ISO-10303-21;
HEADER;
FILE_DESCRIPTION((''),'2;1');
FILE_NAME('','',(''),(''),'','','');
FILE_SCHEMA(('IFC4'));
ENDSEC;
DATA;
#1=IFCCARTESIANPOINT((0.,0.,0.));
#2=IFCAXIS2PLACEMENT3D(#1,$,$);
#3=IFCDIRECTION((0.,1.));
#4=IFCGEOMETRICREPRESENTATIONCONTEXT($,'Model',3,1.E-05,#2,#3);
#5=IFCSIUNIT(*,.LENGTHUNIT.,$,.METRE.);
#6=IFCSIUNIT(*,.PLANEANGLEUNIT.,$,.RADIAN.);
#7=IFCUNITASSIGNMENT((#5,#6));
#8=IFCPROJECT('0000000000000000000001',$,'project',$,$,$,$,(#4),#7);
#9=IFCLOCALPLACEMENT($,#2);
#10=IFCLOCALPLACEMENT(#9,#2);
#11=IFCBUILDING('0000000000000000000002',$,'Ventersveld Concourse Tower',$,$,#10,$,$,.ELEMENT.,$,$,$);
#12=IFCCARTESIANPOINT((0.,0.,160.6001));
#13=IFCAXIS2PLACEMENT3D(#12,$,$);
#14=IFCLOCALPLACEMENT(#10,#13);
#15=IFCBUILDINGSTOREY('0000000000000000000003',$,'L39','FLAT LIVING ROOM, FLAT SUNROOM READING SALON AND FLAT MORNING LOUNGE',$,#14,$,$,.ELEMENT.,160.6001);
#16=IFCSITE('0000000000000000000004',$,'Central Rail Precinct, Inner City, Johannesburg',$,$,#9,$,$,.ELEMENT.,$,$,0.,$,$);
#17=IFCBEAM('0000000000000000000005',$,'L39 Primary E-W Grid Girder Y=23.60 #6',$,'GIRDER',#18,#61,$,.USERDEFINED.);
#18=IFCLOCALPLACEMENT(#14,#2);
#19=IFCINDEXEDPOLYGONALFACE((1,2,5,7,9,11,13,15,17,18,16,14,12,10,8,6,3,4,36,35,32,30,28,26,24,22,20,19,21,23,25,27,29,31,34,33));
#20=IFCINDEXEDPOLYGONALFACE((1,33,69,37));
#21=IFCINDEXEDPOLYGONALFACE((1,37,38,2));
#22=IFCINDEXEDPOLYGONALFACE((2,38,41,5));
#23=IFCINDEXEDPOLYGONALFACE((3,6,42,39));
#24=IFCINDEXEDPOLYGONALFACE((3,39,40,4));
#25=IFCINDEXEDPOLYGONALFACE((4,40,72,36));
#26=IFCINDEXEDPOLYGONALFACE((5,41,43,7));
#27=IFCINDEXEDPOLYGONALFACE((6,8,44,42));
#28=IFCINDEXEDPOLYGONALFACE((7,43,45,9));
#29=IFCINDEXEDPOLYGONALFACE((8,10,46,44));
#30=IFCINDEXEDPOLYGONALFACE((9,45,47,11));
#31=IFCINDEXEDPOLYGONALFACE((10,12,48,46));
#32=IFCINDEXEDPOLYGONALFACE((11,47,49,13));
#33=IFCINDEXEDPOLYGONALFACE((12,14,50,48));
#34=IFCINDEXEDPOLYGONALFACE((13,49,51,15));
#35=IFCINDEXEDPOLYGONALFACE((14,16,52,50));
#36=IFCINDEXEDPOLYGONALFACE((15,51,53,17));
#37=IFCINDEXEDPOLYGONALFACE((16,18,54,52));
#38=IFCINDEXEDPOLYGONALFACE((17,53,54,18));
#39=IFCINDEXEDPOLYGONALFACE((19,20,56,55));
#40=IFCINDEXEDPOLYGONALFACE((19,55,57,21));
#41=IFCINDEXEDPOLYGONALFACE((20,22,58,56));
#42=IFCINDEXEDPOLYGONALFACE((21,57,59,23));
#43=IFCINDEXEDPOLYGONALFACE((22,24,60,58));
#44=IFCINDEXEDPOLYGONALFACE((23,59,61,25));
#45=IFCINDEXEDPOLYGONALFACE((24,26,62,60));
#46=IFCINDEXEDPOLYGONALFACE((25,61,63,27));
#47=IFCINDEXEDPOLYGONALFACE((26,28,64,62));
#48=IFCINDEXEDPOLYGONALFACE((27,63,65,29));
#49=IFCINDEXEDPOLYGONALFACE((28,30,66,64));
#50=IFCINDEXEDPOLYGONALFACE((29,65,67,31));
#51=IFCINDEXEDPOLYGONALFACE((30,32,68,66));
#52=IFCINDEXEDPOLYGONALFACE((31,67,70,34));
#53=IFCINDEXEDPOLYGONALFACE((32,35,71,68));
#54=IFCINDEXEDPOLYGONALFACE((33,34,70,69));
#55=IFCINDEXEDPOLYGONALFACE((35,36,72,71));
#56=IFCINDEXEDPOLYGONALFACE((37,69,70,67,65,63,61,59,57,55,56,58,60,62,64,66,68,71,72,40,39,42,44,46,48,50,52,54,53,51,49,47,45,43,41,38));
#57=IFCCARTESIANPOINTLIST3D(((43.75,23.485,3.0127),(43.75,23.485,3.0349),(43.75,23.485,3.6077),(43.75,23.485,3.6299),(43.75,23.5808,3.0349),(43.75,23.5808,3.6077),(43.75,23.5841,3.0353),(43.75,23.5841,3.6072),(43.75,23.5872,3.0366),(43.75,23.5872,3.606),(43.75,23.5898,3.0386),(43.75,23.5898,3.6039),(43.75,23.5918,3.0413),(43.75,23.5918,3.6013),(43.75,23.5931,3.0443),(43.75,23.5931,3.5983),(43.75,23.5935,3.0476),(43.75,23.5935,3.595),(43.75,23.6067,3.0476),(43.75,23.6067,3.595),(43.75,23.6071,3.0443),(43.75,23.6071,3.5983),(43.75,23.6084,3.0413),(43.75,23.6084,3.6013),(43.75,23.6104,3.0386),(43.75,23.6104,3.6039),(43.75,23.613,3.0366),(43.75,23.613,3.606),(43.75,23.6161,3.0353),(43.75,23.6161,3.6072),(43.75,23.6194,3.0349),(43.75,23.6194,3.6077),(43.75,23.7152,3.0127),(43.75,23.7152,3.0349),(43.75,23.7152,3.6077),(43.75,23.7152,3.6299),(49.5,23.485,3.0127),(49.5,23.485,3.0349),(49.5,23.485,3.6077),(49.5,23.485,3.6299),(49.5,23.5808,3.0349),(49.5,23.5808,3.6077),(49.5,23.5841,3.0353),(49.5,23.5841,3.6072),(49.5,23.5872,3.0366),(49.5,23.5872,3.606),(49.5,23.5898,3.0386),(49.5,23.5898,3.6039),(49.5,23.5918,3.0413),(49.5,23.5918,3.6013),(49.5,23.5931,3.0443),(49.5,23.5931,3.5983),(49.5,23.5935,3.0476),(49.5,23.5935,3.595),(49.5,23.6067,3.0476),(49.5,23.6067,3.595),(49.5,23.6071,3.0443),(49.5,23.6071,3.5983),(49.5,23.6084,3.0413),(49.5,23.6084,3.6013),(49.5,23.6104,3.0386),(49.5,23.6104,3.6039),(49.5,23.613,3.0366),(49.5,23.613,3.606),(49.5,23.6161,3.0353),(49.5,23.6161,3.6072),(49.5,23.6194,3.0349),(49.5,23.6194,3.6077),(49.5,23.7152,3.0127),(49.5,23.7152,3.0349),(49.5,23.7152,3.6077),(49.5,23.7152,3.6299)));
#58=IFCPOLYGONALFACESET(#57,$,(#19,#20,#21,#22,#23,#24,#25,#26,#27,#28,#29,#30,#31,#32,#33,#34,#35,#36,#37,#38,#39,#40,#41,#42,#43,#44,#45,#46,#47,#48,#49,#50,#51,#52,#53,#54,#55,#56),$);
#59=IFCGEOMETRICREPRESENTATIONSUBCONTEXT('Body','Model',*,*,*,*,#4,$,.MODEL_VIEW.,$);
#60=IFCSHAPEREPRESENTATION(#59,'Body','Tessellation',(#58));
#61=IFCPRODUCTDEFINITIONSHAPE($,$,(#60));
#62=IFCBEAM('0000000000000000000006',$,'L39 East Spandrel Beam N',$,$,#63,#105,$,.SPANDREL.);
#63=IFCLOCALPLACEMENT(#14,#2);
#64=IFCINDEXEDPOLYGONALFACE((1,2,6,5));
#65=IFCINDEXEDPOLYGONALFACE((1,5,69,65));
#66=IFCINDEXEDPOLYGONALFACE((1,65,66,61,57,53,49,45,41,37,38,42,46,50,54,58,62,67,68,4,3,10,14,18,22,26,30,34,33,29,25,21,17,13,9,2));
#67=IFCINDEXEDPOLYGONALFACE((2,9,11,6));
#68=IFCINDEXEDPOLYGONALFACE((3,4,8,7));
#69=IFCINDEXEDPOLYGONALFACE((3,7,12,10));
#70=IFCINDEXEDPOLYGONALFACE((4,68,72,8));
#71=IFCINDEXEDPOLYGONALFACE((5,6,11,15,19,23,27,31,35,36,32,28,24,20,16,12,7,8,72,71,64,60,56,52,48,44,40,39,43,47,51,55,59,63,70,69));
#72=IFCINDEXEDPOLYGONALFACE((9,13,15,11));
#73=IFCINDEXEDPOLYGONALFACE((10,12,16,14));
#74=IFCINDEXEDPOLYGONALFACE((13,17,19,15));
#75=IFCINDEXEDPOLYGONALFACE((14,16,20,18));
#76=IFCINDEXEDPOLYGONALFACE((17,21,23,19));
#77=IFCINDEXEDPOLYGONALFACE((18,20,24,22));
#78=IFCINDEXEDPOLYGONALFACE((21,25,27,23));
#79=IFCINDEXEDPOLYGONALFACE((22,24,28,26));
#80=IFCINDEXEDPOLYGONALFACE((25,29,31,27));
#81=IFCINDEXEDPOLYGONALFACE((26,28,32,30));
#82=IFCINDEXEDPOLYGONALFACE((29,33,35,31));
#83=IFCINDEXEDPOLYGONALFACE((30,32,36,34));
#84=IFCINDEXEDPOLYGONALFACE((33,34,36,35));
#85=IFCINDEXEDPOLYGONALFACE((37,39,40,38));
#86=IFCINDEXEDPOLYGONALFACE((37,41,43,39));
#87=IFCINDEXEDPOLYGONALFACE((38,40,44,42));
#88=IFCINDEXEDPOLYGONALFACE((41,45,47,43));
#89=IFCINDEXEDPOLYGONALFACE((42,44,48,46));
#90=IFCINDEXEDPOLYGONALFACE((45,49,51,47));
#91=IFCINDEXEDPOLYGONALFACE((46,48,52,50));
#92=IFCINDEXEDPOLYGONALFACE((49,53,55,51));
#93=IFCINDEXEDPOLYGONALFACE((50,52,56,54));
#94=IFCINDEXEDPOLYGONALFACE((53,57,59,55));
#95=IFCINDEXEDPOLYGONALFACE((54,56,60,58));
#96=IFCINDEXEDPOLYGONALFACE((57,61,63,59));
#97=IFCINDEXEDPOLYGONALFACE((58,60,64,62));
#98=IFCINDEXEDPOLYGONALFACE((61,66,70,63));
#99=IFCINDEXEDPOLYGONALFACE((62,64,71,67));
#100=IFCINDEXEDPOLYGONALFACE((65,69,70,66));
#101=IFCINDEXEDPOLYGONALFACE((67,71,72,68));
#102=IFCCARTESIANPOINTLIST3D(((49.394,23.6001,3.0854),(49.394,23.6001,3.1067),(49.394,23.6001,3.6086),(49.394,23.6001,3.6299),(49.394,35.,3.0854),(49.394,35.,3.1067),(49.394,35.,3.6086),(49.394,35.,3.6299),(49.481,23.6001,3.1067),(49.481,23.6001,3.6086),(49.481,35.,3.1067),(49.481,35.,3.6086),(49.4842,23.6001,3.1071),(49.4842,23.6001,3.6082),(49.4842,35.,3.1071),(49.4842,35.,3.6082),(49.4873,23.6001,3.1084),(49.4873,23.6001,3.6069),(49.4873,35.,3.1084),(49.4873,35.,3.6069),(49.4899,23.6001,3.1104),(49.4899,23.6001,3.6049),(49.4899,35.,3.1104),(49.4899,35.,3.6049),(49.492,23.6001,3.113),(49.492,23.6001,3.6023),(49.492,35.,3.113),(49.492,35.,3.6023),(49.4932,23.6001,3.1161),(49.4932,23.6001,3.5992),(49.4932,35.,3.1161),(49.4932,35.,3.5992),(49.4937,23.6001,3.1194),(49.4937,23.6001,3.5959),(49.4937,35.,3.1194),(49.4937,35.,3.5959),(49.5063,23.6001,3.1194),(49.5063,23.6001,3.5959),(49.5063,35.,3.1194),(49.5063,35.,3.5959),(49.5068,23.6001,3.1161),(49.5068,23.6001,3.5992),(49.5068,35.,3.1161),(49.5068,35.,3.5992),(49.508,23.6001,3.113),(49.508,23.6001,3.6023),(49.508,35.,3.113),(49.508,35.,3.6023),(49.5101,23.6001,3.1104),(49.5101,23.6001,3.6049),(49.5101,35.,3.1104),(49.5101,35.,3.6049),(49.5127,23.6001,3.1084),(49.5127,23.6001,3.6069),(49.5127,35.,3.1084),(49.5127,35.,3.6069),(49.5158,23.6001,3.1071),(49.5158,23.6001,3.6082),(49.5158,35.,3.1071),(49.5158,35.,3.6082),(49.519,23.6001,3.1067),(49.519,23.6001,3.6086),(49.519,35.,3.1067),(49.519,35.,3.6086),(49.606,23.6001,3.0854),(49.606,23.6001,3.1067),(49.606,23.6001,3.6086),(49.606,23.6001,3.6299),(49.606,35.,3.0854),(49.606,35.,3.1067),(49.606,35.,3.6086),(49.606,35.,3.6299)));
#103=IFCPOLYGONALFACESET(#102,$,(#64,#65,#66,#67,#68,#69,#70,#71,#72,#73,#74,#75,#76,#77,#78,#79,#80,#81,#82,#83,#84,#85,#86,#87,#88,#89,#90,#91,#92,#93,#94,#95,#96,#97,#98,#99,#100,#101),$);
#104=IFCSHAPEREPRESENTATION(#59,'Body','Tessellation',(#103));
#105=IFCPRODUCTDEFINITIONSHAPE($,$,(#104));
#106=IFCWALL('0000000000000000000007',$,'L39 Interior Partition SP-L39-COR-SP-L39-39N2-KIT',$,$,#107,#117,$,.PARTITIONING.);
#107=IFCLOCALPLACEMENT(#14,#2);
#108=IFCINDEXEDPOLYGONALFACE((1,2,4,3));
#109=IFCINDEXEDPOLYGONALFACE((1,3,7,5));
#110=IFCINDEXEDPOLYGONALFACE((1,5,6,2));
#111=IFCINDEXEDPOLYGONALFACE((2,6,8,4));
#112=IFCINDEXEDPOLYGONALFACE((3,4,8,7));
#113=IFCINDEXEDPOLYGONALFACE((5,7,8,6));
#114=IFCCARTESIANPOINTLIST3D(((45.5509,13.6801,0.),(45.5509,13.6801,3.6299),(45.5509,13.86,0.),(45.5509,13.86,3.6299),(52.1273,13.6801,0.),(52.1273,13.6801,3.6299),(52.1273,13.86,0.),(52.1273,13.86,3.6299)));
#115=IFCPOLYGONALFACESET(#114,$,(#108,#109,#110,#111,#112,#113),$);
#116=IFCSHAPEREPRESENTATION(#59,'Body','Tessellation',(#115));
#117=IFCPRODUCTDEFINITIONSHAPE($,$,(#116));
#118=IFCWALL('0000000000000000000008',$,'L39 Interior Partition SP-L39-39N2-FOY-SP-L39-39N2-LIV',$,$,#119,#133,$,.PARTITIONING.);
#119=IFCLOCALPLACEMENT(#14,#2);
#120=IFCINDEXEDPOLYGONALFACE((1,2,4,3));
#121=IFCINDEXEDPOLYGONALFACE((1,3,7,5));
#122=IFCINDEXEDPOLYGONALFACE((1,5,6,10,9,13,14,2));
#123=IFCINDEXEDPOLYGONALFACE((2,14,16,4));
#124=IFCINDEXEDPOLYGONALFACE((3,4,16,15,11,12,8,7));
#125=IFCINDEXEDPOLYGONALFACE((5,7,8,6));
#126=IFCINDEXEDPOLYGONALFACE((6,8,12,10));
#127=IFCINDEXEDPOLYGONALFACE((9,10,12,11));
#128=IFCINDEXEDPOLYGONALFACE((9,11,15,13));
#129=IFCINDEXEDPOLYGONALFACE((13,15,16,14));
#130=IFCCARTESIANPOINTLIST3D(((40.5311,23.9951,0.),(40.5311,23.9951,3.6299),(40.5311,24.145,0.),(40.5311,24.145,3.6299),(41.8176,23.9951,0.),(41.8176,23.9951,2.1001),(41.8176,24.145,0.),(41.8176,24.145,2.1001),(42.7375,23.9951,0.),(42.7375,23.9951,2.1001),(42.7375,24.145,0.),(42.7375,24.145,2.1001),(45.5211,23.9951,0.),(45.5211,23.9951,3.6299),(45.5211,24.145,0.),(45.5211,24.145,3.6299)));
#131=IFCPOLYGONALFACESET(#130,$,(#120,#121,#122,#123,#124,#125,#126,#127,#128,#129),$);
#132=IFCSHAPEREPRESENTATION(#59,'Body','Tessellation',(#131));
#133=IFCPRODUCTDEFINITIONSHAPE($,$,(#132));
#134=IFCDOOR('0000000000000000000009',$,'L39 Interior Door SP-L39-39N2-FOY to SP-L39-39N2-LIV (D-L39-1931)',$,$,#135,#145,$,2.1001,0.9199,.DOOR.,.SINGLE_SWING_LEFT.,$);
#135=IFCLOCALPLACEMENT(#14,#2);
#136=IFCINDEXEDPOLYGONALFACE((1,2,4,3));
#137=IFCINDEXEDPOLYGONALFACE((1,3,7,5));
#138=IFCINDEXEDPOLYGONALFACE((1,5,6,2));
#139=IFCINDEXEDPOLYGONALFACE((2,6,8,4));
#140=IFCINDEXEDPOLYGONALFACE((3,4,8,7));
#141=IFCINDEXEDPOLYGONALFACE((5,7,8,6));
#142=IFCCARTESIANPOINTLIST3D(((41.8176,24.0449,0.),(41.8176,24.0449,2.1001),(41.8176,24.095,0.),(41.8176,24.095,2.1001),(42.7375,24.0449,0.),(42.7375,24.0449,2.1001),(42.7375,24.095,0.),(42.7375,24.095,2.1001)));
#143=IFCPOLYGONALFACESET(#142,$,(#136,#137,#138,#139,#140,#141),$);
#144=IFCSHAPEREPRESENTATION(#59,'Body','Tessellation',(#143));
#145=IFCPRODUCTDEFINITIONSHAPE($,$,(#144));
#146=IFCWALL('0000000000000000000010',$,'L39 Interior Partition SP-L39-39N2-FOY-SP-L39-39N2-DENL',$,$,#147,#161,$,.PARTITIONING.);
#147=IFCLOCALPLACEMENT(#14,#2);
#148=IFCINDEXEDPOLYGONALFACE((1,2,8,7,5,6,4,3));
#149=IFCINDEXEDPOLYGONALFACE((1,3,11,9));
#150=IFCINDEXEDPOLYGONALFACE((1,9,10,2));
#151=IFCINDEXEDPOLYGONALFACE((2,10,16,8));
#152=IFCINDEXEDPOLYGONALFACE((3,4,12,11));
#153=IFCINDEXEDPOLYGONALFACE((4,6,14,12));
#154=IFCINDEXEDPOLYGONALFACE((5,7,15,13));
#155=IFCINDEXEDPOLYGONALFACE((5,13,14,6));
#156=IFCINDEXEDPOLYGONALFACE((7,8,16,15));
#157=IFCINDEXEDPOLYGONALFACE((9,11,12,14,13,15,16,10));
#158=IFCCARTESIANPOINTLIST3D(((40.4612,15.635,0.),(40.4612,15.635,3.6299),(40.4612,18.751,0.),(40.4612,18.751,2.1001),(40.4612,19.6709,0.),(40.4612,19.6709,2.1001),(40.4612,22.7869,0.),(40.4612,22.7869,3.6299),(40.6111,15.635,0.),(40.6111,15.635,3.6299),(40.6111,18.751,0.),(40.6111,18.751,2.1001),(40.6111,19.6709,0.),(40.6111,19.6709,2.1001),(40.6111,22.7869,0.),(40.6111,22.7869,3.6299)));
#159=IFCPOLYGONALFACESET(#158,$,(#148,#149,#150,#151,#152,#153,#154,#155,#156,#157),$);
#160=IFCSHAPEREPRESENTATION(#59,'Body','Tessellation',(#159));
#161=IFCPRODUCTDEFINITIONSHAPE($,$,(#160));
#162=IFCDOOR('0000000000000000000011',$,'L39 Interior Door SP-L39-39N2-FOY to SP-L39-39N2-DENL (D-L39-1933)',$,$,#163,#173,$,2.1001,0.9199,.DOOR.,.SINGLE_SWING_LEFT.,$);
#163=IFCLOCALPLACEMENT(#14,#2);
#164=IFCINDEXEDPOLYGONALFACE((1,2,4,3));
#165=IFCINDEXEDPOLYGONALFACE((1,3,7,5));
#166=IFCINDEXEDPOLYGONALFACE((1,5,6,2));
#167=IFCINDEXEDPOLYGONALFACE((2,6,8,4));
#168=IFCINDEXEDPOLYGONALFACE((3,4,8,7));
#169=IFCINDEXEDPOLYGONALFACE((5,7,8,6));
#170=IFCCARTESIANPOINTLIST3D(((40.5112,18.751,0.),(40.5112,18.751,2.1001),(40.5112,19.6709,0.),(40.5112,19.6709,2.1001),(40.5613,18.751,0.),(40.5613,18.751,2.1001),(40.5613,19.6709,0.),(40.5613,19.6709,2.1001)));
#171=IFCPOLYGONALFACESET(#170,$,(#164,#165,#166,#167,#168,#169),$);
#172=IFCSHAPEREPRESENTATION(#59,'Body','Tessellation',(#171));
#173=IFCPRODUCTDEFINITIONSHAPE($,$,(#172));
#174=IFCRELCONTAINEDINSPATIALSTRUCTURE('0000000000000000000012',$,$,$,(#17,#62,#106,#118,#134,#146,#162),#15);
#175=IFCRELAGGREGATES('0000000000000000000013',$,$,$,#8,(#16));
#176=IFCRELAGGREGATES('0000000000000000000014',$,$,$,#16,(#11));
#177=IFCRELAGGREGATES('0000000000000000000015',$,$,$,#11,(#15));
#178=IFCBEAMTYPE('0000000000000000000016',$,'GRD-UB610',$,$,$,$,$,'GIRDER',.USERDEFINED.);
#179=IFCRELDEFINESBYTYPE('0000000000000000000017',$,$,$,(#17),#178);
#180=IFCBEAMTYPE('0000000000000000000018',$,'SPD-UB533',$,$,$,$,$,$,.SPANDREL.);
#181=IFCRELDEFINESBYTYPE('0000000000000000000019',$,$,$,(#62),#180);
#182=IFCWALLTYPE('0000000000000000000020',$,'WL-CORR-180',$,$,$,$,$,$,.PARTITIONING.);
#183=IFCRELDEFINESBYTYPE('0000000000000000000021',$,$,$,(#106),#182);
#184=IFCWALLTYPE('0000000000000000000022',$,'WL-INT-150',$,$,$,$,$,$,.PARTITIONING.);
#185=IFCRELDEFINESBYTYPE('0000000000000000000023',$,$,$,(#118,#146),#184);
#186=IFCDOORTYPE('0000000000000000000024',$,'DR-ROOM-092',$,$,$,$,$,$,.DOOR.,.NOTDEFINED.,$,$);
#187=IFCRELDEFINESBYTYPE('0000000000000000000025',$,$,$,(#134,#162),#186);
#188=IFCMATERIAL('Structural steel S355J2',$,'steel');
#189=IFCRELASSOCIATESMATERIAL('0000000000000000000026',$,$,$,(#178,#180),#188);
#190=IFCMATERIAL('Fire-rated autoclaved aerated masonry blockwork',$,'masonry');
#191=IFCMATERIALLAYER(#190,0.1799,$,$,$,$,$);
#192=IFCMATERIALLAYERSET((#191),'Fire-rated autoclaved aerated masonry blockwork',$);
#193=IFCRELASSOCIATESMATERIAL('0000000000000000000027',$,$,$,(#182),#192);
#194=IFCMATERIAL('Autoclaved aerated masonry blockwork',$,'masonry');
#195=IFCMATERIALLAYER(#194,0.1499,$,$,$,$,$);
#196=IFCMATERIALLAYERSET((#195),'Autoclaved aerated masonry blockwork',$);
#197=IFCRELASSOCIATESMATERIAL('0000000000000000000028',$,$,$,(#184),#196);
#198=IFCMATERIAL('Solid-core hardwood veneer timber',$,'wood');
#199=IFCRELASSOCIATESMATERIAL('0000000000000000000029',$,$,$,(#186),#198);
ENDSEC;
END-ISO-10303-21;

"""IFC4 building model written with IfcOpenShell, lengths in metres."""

from ifc_helpers import new_model, si_unit, direction, frame, frame_2d, origin, origin_2d, place, context, subcontext, project, spatial, rectangle, i_section, extrude, material, layer, layer_set, material_profile, profile_set, type_object, element, fill, save


model = new_model("IFC4")

# Units and contexts
model_context = context("Model", 3, precision=1e-05, world=origin(), true_north=direction((0.0, 1.0)))
body_context = subcontext(model_context, "Body", "Model", "MODEL_VIEW")
ifc_project = project(units=[si_unit("LENGTHUNIT", "METRE"), si_unit("PLANEANGLEUNIT", "RADIAN")], contexts=[model_context])

# Site, building, storey
site_placement = place(None, origin())
site = spatial("IfcSite", under=ifc_project, at=site_placement, Name="Central Rail Precinct, Inner City, Johannesburg", CompositionType="ELEMENT", RefElevation=0.0)
building_placement = place(site_placement, origin())
building = spatial("IfcBuilding", under=site, at=building_placement, Name="Ventersveld Concourse Tower", CompositionType="ELEMENT")
storey_placement = place(building_placement, frame((0.0, 0.0, 160.6001)))
storey = spatial("IfcBuildingStorey", under=building, at=storey_placement, Name="L39", Description="FLAT LIVING ROOM, FLAT SUNROOM READING SALON AND FLAT MORNING LOUNGE", CompositionType="ELEMENT", Elevation=160.6001)

# Beams
ifc_material_1 = material(Name="Structural steel S355J2", Category="steel")
ifc_material_profile_1 = material_profile(ifc_material_1, i_section(OverallWidth=0.2302, OverallDepth=0.6172, WebThickness=0.0132, FlangeThickness=0.0222, FilletRadius=0.0127, at=origin_2d()), Name="UB 610x229x140")
ifc_profile_set_1 = profile_set([ifc_material_profile_1], Name="Structural steel S355J2")
beam_type_1 = type_object("IfcBeamType", Name="GRD-UB610", ElementType="GIRDER", PredefinedType="USERDEFINED", material=ifc_profile_set_1)
beam_1_placement = place(storey_placement, frame((43.75, 23.6001, 3.3213), z_axis=(1.0, 0.0, 0.0), x_axis=(0.0, 1.0, 0.0)))
element("IfcBeam", 1, at=beam_1_placement, inside=storey, type_object=beam_type_1, Name="L39 Primary E-W Grid Girder Y=23.60 #6", ObjectType="GIRDER", PredefinedType="USERDEFINED", context=body_context, shape_type="SweptSolid", body=[
    extrude(i_section(OverallWidth=0.2302, OverallDepth=0.6172, WebThickness=0.0132, FlangeThickness=0.0222, FilletRadius=0.0127, at=origin_2d()), origin(), (0.0, 0.0, 1.0), 5.75),
])
ifc_material_profile_2 = material_profile(ifc_material_1, i_section(OverallWidth=0.2119, OverallDepth=0.5444, WebThickness=0.0127, FlangeThickness=0.0212, FilletRadius=0.0127, at=origin_2d()), Name="UB 533x210x122")
ifc_profile_set_2 = profile_set([ifc_material_profile_2], Name="Structural steel S355J2")
beam_type_2 = type_object("IfcBeamType", Name="SPD-UB533", PredefinedType="SPANDREL", material=ifc_profile_set_2)
beam_2_placement = place(storey_placement, frame((49.5, 23.6001, 3.3577), z_axis=(0.0, 1.0, 0.0), x_axis=(-1.0, 0.0, 0.0)))
element("IfcBeam", 2, at=beam_2_placement, inside=storey, type_object=beam_type_2, Name="L39 East Spandrel Beam N", PredefinedType="SPANDREL", context=body_context, shape_type="SweptSolid", body=[
    extrude(i_section(OverallWidth=0.2119, OverallDepth=0.5444, WebThickness=0.0127, FlangeThickness=0.0212, FilletRadius=0.0127, at=origin_2d()), origin(), (0.0, 0.0, 1.0), 11.3999),
])

# Shared definitions
ifc_material_2 = material(Name="Fire-rated autoclaved aerated masonry blockwork", Category="masonry")
ifc_layer_1 = layer(ifc_material_2, 0.1799)
ifc_layer_set_1 = layer_set([ifc_layer_1], Name="Fire-rated autoclaved aerated masonry blockwork")
wall_type_1 = type_object("IfcWallType", Name="WL-CORR-180", PredefinedType="PARTITIONING", material=ifc_layer_set_1)
ifc_material_3 = material(Name="Solid-core hardwood veneer timber", Category="wood")

# Wall
wall_1_placement = place(storey_placement, frame((45.551, 13.77, 0.0), z_axis=(0.0, 0.0, 1.0), x_axis=(1.0, 0.0, 0.0)))
element("IfcWall", 3, at=wall_1_placement, inside=storey, type_object=wall_type_1, Name="L39 Interior Partition SP-L39-COR-SP-L39-39N2-KIT", PredefinedType="PARTITIONING", context=body_context, shape_type="SweptSolid", body=[
    extrude(rectangle(XDim=6.5764, YDim=0.1799, at=frame_2d((3.2881, 0.0))), origin(), (0.0, 0.0, 1.0), 3.6299),
])

# Walls, openings, doors
ifc_material_4 = material(Name="Autoclaved aerated masonry blockwork", Category="masonry")
ifc_layer_2 = layer(ifc_material_4, 0.1499)
ifc_layer_set_2 = layer_set([ifc_layer_2], Name="Autoclaved aerated masonry blockwork")
wall_type_2 = type_object("IfcWallType", Name="WL-INT-150", PredefinedType="PARTITIONING", material=ifc_layer_set_2)
wall_2_placement = place(storey_placement, frame((40.531, 24.0701, 0.0), z_axis=(0.0, 0.0, 1.0), x_axis=(1.0, 0.0, 0.0)))
wall_2 = element("IfcWall", 4, at=wall_2_placement, inside=storey, type_object=wall_type_2, Name="L39 Interior Partition SP-L39-39N2-FOY-SP-L39-39N2-LIV", PredefinedType="PARTITIONING", context=body_context, shape_type="SweptSolid", body=[
    extrude(rectangle(XDim=4.99, YDim=0.1499, at=frame_2d((2.4951, 0.0))), origin(), (0.0, 0.0, 1.0), 3.6299),
])
opening_1_placement = place(wall_2_placement, frame((1.2866, 0.0, 0.0)))
opening_1 = element("IfcOpeningElement", 5, at=opening_1_placement, cuts=wall_2, PredefinedType="OPENING", context=body_context, shape_type="SweptSolid", body=[
    extrude(rectangle(XDim=0.9199, YDim=2.1001, at=frame_2d((0.46, 1.05))), frame((0.0, 0.085, 0.0), z_axis=(0.0, -1.0, 0.0), x_axis=(1.0, 0.0, 0.0)), (0.0, 0.0, 1.0), 0.1699),
])
door_type_1 = type_object("IfcDoorType", Name="DR-ROOM-092", OperationType="NOTDEFINED", PredefinedType="DOOR", material=ifc_material_3)
door_1_placement = place(opening_1_placement, origin())
door_1 = element("IfcDoor", 6, at=door_1_placement, inside=storey, type_object=door_type_1, Name="L39 Interior Door SP-L39-39N2-FOY to SP-L39-39N2-LIV (D-L39-1931)", OperationType="SINGLE_SWING_LEFT", OverallHeight=2.1001, OverallWidth=0.9199, PredefinedType="DOOR", context=body_context, shape_type="SweptSolid", body=[
    extrude(rectangle(XDim=0.9199, YDim=2.1001, at=frame_2d((0.46, 1.05))), frame((0.0, 0.0249, 0.0), z_axis=(0.0, -1.0, 0.0), x_axis=(1.0, 0.0, 0.0)), (0.0, 0.0, 1.0), 0.05),
])
fill(opening_1, door_1)
wall_3_placement = place(storey_placement, frame((40.5361, 15.635, 0.0), z_axis=(0.0, 0.0, 1.0), x_axis=(0.0, 1.0, 0.0)))
wall_3 = element("IfcWall", 7, at=wall_3_placement, inside=storey, type_object=wall_type_2, Name="L39 Interior Partition SP-L39-39N2-FOY-SP-L39-39N2-DENL", PredefinedType="PARTITIONING", context=body_context, shape_type="SweptSolid", body=[
    extrude(rectangle(XDim=7.1519, YDim=0.1499, at=frame_2d((3.5759, 0.0))), origin(), (0.0, 0.0, 1.0), 3.6299),
])
opening_2_placement = place(wall_3_placement, frame((3.116, 0.0, 0.0)))
opening_2 = element("IfcOpeningElement", 8, at=opening_2_placement, cuts=wall_3, PredefinedType="OPENING", context=body_context, shape_type="SweptSolid", body=[
    extrude(rectangle(XDim=0.9199, YDim=2.1001, at=frame_2d((0.46, 1.05))), frame((0.0, 0.085, 0.0), z_axis=(0.0, -1.0, 0.0), x_axis=(1.0, 0.0, 0.0)), (0.0, 0.0, 1.0), 0.1699),
])
door_2_placement = place(opening_2_placement, origin())
door_2 = element("IfcDoor", 9, at=door_2_placement, inside=storey, type_object=door_type_1, Name="L39 Interior Door SP-L39-39N2-FOY to SP-L39-39N2-DENL (D-L39-1933)", OperationType="SINGLE_SWING_LEFT", OverallHeight=2.1001, OverallWidth=0.9199, PredefinedType="DOOR", context=body_context, shape_type="SweptSolid", body=[
    extrude(rectangle(XDim=0.9199, YDim=2.1001, at=frame_2d((0.46, 1.05))), frame((0.0, 0.0249, 0.0), z_axis=(0.0, -1.0, 0.0), x_axis=(1.0, 0.0, 0.0)), (0.0, 0.0, 1.0), 0.05),
])
fill(opening_2, door_2)

save(model, "model.ifc")
